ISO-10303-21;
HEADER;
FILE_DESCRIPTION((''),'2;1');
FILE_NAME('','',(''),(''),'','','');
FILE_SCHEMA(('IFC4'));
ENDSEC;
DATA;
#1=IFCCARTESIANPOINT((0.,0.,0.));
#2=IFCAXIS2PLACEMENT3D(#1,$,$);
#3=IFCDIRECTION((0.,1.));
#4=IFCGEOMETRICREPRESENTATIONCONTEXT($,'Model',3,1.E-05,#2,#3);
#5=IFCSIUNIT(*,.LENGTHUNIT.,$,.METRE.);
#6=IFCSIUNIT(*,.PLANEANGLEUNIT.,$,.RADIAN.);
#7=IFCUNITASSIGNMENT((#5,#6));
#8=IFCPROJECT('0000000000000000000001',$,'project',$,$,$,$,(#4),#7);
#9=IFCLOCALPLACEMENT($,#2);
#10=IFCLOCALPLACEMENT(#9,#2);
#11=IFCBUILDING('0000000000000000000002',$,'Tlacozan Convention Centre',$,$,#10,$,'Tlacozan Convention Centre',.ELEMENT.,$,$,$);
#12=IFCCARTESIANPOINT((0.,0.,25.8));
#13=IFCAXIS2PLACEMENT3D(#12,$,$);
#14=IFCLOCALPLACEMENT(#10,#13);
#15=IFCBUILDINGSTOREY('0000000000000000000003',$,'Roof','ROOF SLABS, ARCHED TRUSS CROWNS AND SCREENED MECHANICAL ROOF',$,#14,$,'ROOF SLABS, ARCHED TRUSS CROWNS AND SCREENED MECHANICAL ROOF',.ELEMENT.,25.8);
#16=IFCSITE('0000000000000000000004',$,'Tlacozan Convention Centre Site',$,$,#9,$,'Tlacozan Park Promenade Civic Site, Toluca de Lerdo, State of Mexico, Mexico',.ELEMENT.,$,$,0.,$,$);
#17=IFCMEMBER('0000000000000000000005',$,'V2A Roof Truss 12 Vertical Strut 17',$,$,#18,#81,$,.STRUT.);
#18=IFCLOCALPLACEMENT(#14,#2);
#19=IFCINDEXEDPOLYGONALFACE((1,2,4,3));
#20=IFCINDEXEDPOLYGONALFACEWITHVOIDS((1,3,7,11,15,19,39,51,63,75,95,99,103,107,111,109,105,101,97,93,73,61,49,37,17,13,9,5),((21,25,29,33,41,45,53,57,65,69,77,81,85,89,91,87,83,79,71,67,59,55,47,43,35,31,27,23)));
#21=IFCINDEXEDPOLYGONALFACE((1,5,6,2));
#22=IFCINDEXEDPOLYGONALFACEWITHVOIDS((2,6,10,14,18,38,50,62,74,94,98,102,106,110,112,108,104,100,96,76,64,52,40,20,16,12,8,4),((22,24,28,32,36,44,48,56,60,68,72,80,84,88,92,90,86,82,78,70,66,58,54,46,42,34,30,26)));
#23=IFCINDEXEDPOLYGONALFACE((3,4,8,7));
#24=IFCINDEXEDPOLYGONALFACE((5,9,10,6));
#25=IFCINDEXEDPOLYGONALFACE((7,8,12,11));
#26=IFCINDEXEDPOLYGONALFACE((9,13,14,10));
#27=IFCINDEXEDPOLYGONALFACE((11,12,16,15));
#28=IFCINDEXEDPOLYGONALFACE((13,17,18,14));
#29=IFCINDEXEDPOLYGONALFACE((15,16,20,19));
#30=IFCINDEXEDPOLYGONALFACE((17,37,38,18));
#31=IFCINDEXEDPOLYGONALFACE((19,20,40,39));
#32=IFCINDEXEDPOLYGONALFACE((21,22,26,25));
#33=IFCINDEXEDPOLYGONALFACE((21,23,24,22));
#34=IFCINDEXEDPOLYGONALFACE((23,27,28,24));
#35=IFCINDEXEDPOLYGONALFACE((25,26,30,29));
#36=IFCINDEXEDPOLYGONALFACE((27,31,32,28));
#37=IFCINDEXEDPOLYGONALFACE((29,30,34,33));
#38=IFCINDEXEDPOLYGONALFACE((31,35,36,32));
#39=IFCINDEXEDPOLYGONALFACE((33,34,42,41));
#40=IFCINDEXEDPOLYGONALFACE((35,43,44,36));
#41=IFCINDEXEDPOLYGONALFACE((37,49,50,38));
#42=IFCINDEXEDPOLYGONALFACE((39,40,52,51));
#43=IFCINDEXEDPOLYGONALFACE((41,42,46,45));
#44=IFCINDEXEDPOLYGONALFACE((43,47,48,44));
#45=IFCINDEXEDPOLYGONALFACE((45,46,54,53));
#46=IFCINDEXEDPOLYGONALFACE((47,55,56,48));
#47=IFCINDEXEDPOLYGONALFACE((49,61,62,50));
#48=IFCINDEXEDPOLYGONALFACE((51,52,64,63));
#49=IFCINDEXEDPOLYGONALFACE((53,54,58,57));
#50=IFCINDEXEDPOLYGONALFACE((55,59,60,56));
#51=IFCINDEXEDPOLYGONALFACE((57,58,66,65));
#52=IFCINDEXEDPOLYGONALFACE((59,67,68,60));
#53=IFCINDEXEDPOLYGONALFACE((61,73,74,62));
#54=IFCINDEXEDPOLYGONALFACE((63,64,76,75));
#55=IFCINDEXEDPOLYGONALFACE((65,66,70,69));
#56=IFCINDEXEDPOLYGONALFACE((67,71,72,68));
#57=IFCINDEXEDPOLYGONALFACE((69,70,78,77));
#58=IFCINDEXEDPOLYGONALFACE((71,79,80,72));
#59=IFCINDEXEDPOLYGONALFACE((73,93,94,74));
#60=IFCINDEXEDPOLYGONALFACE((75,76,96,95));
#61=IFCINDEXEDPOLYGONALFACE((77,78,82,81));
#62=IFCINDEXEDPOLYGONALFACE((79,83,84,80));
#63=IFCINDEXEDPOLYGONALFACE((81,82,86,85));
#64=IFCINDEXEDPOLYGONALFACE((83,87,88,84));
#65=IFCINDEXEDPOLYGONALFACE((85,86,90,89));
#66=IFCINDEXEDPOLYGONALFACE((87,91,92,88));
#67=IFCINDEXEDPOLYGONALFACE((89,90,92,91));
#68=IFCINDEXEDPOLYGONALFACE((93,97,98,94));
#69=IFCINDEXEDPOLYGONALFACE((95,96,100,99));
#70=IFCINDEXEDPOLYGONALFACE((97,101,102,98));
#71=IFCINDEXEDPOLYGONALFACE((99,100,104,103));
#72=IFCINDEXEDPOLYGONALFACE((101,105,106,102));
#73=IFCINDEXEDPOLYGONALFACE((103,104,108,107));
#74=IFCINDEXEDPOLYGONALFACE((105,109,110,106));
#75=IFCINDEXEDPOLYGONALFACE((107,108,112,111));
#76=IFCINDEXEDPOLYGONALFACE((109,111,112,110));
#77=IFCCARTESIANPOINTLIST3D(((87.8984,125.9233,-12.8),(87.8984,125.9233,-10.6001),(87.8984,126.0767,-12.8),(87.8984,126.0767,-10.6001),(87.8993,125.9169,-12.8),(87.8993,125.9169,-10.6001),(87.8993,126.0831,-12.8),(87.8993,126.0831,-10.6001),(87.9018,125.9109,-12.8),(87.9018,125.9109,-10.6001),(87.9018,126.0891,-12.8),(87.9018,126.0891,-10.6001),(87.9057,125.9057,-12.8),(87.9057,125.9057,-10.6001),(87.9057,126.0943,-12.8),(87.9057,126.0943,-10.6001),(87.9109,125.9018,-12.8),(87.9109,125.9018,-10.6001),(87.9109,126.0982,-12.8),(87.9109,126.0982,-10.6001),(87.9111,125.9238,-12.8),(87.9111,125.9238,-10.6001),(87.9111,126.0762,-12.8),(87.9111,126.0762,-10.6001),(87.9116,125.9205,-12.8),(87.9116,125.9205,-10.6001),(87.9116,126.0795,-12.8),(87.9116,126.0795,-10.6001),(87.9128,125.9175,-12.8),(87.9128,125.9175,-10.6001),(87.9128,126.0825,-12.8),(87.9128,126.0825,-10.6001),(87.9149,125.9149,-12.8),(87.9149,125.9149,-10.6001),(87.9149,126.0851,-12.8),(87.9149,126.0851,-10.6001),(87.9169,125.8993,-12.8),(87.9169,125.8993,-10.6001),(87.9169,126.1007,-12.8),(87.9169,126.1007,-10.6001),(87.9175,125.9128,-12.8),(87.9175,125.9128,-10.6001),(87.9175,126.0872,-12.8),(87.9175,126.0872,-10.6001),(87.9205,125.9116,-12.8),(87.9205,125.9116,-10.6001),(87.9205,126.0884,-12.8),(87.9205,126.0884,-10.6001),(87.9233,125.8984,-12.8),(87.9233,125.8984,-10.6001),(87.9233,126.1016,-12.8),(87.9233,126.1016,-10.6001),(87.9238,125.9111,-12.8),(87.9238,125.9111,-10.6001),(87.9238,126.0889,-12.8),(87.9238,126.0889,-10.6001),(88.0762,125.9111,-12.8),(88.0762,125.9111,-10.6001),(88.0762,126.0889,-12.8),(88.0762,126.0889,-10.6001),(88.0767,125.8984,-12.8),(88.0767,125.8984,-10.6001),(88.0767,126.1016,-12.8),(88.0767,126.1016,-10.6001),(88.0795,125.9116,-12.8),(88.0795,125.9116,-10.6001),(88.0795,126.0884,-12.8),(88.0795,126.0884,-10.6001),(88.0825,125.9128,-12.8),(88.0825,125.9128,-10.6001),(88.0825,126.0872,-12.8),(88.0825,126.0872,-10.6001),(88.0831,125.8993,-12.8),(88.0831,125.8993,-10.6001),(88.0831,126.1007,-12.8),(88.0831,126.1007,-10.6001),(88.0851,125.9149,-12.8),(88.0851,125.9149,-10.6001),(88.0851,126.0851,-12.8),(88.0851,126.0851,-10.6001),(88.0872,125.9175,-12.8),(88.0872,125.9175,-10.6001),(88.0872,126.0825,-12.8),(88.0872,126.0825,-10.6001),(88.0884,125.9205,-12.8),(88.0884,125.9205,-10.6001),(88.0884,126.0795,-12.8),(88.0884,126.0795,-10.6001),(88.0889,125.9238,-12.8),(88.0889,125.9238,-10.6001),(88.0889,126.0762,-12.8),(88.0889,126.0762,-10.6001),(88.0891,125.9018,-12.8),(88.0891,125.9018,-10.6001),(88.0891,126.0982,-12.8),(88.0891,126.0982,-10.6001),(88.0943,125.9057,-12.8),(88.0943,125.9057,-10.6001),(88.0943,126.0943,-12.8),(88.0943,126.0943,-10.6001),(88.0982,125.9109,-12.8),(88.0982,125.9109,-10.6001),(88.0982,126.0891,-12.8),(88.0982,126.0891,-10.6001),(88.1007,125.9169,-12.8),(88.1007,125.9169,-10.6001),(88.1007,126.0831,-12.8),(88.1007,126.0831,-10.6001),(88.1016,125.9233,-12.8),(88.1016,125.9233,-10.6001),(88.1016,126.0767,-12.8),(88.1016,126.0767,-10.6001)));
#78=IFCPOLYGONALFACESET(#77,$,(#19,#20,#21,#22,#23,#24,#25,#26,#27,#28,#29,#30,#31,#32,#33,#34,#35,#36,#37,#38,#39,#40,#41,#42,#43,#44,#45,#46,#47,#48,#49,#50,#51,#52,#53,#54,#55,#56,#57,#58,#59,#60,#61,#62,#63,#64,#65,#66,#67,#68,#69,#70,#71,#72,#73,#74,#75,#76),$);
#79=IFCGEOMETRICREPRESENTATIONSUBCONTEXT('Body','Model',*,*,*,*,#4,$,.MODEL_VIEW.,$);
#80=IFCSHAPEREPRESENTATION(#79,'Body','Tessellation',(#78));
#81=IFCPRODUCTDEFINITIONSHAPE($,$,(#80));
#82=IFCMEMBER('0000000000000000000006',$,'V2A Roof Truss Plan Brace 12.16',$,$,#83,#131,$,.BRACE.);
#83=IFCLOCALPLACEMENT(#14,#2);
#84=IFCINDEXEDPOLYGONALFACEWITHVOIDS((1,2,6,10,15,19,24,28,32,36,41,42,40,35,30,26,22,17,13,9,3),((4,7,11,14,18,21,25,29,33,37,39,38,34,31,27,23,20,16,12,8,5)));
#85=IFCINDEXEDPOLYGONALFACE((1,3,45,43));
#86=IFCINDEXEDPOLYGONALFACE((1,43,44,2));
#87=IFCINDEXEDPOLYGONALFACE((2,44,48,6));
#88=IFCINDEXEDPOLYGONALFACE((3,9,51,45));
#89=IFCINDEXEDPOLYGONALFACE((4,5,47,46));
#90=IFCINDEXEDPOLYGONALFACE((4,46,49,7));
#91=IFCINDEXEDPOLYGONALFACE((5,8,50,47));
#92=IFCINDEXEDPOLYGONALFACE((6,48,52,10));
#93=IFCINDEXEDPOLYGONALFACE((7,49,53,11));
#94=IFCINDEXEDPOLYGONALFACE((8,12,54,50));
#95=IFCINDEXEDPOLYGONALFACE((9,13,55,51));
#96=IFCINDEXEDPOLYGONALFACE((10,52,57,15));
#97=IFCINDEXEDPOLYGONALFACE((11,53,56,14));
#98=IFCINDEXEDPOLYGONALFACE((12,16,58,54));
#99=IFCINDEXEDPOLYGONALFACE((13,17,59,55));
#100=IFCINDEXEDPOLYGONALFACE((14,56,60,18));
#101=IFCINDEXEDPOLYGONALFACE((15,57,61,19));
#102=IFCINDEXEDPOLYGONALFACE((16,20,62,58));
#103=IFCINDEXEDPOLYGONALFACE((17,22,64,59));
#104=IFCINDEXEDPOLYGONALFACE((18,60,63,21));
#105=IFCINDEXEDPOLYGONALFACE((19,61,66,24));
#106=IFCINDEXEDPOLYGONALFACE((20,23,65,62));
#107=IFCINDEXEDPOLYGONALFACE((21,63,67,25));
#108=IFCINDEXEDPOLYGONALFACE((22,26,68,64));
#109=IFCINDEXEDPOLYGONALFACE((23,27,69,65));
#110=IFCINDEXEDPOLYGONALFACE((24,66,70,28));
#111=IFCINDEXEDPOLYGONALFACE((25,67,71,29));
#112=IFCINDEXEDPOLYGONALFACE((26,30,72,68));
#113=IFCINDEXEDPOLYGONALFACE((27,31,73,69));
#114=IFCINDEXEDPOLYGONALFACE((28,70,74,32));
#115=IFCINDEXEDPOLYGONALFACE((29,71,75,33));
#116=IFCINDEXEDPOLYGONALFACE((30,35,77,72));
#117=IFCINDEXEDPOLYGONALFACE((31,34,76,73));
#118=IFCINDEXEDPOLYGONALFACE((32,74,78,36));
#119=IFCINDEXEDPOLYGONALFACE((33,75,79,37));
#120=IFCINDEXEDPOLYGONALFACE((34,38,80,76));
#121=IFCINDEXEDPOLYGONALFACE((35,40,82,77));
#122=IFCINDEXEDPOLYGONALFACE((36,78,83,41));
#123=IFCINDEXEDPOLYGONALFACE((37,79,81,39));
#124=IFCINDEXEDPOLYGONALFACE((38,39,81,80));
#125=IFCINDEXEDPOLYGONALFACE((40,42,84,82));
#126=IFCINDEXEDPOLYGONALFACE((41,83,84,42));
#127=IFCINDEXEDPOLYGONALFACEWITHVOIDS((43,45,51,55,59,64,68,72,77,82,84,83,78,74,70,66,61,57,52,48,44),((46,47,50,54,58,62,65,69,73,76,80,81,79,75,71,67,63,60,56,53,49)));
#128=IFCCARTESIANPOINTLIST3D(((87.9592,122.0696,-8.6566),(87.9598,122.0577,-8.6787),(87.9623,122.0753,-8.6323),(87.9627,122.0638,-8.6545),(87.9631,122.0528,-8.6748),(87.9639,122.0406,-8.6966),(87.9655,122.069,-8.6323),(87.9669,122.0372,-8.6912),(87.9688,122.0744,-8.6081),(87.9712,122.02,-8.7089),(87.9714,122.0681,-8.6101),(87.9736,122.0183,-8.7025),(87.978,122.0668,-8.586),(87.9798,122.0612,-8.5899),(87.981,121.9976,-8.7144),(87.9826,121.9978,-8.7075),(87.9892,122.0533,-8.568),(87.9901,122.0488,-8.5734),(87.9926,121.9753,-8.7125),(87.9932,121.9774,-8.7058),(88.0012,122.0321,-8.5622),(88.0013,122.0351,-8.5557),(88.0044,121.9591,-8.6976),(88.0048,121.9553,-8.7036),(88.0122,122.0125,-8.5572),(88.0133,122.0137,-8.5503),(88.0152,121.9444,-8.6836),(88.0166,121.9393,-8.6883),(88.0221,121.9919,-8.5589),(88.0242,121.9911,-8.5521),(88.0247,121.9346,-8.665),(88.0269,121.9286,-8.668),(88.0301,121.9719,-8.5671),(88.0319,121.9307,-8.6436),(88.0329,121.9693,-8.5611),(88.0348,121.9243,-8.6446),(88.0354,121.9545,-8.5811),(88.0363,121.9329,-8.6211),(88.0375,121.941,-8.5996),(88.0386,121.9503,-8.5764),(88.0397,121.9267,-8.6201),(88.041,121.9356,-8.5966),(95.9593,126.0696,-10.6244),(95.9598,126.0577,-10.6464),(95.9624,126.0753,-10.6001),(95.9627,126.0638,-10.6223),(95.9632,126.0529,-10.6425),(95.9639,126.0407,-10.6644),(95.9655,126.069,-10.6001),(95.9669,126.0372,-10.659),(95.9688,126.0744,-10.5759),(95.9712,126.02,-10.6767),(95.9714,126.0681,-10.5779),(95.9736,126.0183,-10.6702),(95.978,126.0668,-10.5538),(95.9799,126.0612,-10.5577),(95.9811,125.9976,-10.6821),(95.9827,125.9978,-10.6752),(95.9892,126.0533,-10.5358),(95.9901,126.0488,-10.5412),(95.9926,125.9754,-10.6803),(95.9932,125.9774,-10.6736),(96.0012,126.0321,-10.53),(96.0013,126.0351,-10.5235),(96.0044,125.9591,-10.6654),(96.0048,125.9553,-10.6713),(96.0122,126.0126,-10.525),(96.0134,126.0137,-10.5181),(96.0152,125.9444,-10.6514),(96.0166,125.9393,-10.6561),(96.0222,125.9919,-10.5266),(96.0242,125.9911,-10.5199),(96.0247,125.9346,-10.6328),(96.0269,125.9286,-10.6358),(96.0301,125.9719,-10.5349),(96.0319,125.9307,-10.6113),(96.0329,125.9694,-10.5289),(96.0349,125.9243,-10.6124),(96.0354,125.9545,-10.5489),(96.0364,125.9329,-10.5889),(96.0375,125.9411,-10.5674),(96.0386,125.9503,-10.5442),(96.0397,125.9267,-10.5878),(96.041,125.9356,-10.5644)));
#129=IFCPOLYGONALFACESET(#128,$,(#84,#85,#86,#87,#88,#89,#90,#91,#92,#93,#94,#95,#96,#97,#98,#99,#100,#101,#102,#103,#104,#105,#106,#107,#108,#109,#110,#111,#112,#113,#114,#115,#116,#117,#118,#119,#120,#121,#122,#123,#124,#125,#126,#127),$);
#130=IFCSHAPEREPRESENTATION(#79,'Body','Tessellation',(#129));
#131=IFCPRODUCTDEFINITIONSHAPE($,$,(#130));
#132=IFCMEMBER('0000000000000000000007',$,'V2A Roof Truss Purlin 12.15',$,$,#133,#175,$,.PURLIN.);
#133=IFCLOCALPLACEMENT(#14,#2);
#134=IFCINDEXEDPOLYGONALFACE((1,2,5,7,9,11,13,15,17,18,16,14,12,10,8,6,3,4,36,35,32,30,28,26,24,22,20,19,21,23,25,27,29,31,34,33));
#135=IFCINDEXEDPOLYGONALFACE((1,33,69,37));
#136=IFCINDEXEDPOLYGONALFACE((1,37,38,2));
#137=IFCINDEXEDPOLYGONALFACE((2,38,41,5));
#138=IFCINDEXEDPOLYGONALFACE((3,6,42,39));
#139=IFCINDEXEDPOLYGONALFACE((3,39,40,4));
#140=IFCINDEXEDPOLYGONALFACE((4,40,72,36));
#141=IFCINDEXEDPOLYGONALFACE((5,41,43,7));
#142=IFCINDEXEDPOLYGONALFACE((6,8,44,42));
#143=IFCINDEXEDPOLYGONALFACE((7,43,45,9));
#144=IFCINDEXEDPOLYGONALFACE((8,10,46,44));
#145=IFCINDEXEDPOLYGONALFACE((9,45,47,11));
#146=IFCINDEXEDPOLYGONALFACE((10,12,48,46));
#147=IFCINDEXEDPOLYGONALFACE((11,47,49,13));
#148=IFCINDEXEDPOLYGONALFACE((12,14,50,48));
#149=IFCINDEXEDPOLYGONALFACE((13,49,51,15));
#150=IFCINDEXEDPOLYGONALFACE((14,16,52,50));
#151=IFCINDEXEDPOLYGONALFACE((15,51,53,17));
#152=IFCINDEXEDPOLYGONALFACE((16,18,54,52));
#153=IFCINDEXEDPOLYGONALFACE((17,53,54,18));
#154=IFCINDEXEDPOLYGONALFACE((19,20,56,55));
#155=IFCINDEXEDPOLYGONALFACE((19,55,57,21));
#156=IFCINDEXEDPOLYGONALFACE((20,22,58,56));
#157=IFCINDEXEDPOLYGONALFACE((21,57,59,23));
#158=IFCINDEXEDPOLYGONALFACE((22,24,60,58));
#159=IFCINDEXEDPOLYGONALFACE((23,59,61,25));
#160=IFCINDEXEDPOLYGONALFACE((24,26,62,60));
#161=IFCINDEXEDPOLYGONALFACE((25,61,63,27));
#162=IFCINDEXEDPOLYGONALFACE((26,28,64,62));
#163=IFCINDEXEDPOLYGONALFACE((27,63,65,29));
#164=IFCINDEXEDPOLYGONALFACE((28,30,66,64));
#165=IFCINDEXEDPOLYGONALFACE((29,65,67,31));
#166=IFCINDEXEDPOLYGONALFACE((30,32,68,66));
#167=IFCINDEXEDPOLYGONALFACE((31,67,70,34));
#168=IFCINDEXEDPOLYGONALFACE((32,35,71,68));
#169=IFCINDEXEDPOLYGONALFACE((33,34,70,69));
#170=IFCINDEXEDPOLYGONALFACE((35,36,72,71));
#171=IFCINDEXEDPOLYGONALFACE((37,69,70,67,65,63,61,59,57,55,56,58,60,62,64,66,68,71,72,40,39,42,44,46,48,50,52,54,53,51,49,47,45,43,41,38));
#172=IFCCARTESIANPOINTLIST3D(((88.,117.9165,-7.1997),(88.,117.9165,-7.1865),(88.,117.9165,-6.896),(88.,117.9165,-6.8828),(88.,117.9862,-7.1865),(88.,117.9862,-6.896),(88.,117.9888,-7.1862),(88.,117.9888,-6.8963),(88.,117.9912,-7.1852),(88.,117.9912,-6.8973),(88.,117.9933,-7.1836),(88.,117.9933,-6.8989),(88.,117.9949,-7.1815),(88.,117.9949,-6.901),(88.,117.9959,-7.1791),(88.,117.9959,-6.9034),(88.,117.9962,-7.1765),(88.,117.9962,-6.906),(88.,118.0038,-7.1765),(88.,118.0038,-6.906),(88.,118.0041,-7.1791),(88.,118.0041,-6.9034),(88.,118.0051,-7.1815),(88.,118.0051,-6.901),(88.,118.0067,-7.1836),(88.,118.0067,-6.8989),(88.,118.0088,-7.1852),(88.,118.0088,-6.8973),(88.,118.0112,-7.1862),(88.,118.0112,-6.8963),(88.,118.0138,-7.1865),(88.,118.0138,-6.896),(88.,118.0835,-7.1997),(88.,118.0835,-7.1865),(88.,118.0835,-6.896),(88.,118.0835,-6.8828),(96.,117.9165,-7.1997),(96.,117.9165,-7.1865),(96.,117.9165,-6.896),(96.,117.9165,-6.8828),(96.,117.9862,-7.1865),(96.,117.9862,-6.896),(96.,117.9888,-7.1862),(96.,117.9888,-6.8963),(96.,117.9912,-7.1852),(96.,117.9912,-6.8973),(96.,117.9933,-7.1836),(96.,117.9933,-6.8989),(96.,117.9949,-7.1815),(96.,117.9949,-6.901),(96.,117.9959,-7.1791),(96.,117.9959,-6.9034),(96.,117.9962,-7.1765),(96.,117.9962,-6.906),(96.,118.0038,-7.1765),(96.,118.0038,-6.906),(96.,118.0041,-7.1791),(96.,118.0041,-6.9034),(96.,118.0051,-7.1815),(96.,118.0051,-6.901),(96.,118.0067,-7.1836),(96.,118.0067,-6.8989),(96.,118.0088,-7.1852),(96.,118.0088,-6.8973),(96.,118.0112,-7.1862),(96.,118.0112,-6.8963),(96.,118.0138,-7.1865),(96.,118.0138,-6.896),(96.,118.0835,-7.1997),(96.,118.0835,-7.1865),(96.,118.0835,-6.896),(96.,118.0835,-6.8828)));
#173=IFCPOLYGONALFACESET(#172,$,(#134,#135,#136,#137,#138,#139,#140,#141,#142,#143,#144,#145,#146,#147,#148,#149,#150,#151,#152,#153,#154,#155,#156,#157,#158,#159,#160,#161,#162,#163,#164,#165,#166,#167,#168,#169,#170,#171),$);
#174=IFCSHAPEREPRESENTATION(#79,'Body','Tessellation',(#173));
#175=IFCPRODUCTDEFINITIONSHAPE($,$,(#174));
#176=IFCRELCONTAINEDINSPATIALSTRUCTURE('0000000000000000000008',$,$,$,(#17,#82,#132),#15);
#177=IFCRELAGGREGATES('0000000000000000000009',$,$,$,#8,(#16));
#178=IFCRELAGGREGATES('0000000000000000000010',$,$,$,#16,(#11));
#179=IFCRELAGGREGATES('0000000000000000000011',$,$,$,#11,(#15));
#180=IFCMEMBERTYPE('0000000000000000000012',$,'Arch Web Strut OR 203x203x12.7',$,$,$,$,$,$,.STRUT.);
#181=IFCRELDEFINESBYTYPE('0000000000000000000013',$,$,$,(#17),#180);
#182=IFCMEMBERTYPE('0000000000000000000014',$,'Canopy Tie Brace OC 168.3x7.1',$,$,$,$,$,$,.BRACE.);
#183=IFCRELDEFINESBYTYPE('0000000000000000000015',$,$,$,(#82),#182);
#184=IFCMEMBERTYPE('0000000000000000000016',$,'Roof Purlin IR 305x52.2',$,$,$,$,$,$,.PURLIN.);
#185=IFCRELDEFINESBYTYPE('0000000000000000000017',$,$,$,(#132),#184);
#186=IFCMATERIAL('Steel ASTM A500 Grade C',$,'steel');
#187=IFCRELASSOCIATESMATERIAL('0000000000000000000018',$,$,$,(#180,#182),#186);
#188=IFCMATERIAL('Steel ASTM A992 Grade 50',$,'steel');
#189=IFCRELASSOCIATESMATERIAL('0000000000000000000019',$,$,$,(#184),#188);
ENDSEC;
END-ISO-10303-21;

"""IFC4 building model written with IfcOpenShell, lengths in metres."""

from ifc_helpers import new_model, si_unit, direction, frame, origin, origin_2d, place, context, subcontext, project, spatial, hollow_rectangle, hollow_circle, i_section, extrude, material, material_profile, profile_set, type_object, element, save


model = new_model("IFC4")

# Units and contexts
model_context = context("Model", 3, precision=1e-05, world=origin(), true_north=direction((0.0, 1.0)))
body_context = subcontext(model_context, "Body", "Model", "MODEL_VIEW")
ifc_project = project(units=[si_unit("LENGTHUNIT", "METRE"), si_unit("PLANEANGLEUNIT", "RADIAN")], contexts=[model_context])

# Site, building, storey
site_placement = place(None, origin())
site = spatial("IfcSite", under=ifc_project, at=site_placement, Name="Tlacozan Convention Centre Site", LongName="Tlacozan Park Promenade Civic Site, Toluca de Lerdo, State of Mexico, Mexico", CompositionType="ELEMENT", RefElevation=0.0)
building_placement = place(site_placement, origin())
building = spatial("IfcBuilding", under=site, at=building_placement, Name="Tlacozan Convention Centre", LongName="Tlacozan Convention Centre", CompositionType="ELEMENT")
storey_placement = place(building_placement, frame((0.0, 0.0, 25.8)))
storey = spatial("IfcBuildingStorey", under=building, at=storey_placement, Name="Roof", Description="ROOF SLABS, ARCHED TRUSS CROWNS AND SCREENED MECHANICAL ROOF", LongName="ROOF SLABS, ARCHED TRUSS CROWNS AND SCREENED MECHANICAL ROOF", CompositionType="ELEMENT", Elevation=25.8)

# Members
ifc_material_1 = material(Name="Steel ASTM A500 Grade C", Category="steel")
ifc_material_profile_1 = material_profile(ifc_material_1, hollow_rectangle(XDim=0.2031, YDim=0.2031, WallThickness=0.0127, InnerFilletRadius=0.0127, OuterFilletRadius=0.0249, at=origin_2d()), Name="OR 203x203x12.7")
ifc_profile_set_1 = profile_set([ifc_material_profile_1], Name="Steel ASTM A500 Grade C")
member_type_1 = type_object("IfcMemberType", Name="Arch Web Strut OR 203x203x12.7", PredefinedType="STRUT", material=ifc_profile_set_1)
member_1_placement = place(storey_placement, frame((88.0, 126.0, -12.8), z_axis=(0.0, 0.0, 1.0), x_axis=(1.0, 0.0, 0.0)))
element("IfcMember", 1, at=member_1_placement, inside=storey, type_object=member_type_1, Name="V2A Roof Truss 12 Vertical Strut 17", PredefinedType="STRUT", context=body_context, shape_type="SweptSolid", body=[
    extrude(hollow_rectangle(XDim=0.2031, YDim=0.2031, WallThickness=0.0127, InnerFilletRadius=0.0127, OuterFilletRadius=0.0249, at=origin_2d()), origin(), (0.0, 0.0, 1.0), 2.2),
])
ifc_material_profile_2 = material_profile(ifc_material_1, hollow_circle(Radius=0.0842, WallThickness=0.0071, at=origin_2d()), Name="OC 168.3x7.1")
ifc_profile_set_2 = profile_set([ifc_material_profile_2], Name="Steel ASTM A500 Grade C")
member_type_2 = type_object("IfcMemberType", Name="Canopy Tie Brace OC 168.3x7.1", PredefinedType="BRACE", material=ifc_profile_set_2)
member_2_placement = place(storey_placement, frame((88.0, 122.0, -8.6323), z_axis=(0.873537, 0.436768, -0.214865), x_axis=(-0.447214, 0.894427, 0.0)))
element("IfcMember", 2, at=member_2_placement, inside=storey, type_object=member_type_2, Name="V2A Roof Truss Plan Brace 12.16", PredefinedType="BRACE", context=body_context, shape_type="SweptSolid", body=[
    extrude(hollow_circle(Radius=0.0842, WallThickness=0.0071, at=origin_2d()), origin(), (0.0, 0.0, 1.0), 9.1582),
])
ifc_material_2 = material(Name="Steel ASTM A992 Grade 50", Category="steel")
ifc_material_profile_3 = material_profile(ifc_material_2, i_section(OverallWidth=0.167, OverallDepth=0.3169, WebThickness=0.0076, FlangeThickness=0.0132, FilletRadius=0.01, at=origin_2d()), Name="IR 305x52.2")
ifc_profile_set_3 = profile_set([ifc_material_profile_3], Name="Steel ASTM A992 Grade 50")
member_type_3 = type_object("IfcMemberType", Name="Roof Purlin IR 305x52.2", PredefinedType="PURLIN", material=ifc_profile_set_3)
member_3_placement = place(storey_placement, frame((88.0, 118.0, -7.0413), z_axis=(1.0, 0.0, 0.0), x_axis=(0.0, 1.0, 0.0)))
element("IfcMember", 3, at=member_3_placement, inside=storey, type_object=member_type_3, Name="V2A Roof Truss Purlin 12.15", PredefinedType="PURLIN", context=body_context, shape_type="SweptSolid", body=[
    extrude(i_section(OverallWidth=0.167, OverallDepth=0.3169, WebThickness=0.0076, FlangeThickness=0.0132, FilletRadius=0.01, at=origin_2d()), origin(), (0.0, 0.0, 1.0), 8.0),
])

save(model, "model.ifc")
